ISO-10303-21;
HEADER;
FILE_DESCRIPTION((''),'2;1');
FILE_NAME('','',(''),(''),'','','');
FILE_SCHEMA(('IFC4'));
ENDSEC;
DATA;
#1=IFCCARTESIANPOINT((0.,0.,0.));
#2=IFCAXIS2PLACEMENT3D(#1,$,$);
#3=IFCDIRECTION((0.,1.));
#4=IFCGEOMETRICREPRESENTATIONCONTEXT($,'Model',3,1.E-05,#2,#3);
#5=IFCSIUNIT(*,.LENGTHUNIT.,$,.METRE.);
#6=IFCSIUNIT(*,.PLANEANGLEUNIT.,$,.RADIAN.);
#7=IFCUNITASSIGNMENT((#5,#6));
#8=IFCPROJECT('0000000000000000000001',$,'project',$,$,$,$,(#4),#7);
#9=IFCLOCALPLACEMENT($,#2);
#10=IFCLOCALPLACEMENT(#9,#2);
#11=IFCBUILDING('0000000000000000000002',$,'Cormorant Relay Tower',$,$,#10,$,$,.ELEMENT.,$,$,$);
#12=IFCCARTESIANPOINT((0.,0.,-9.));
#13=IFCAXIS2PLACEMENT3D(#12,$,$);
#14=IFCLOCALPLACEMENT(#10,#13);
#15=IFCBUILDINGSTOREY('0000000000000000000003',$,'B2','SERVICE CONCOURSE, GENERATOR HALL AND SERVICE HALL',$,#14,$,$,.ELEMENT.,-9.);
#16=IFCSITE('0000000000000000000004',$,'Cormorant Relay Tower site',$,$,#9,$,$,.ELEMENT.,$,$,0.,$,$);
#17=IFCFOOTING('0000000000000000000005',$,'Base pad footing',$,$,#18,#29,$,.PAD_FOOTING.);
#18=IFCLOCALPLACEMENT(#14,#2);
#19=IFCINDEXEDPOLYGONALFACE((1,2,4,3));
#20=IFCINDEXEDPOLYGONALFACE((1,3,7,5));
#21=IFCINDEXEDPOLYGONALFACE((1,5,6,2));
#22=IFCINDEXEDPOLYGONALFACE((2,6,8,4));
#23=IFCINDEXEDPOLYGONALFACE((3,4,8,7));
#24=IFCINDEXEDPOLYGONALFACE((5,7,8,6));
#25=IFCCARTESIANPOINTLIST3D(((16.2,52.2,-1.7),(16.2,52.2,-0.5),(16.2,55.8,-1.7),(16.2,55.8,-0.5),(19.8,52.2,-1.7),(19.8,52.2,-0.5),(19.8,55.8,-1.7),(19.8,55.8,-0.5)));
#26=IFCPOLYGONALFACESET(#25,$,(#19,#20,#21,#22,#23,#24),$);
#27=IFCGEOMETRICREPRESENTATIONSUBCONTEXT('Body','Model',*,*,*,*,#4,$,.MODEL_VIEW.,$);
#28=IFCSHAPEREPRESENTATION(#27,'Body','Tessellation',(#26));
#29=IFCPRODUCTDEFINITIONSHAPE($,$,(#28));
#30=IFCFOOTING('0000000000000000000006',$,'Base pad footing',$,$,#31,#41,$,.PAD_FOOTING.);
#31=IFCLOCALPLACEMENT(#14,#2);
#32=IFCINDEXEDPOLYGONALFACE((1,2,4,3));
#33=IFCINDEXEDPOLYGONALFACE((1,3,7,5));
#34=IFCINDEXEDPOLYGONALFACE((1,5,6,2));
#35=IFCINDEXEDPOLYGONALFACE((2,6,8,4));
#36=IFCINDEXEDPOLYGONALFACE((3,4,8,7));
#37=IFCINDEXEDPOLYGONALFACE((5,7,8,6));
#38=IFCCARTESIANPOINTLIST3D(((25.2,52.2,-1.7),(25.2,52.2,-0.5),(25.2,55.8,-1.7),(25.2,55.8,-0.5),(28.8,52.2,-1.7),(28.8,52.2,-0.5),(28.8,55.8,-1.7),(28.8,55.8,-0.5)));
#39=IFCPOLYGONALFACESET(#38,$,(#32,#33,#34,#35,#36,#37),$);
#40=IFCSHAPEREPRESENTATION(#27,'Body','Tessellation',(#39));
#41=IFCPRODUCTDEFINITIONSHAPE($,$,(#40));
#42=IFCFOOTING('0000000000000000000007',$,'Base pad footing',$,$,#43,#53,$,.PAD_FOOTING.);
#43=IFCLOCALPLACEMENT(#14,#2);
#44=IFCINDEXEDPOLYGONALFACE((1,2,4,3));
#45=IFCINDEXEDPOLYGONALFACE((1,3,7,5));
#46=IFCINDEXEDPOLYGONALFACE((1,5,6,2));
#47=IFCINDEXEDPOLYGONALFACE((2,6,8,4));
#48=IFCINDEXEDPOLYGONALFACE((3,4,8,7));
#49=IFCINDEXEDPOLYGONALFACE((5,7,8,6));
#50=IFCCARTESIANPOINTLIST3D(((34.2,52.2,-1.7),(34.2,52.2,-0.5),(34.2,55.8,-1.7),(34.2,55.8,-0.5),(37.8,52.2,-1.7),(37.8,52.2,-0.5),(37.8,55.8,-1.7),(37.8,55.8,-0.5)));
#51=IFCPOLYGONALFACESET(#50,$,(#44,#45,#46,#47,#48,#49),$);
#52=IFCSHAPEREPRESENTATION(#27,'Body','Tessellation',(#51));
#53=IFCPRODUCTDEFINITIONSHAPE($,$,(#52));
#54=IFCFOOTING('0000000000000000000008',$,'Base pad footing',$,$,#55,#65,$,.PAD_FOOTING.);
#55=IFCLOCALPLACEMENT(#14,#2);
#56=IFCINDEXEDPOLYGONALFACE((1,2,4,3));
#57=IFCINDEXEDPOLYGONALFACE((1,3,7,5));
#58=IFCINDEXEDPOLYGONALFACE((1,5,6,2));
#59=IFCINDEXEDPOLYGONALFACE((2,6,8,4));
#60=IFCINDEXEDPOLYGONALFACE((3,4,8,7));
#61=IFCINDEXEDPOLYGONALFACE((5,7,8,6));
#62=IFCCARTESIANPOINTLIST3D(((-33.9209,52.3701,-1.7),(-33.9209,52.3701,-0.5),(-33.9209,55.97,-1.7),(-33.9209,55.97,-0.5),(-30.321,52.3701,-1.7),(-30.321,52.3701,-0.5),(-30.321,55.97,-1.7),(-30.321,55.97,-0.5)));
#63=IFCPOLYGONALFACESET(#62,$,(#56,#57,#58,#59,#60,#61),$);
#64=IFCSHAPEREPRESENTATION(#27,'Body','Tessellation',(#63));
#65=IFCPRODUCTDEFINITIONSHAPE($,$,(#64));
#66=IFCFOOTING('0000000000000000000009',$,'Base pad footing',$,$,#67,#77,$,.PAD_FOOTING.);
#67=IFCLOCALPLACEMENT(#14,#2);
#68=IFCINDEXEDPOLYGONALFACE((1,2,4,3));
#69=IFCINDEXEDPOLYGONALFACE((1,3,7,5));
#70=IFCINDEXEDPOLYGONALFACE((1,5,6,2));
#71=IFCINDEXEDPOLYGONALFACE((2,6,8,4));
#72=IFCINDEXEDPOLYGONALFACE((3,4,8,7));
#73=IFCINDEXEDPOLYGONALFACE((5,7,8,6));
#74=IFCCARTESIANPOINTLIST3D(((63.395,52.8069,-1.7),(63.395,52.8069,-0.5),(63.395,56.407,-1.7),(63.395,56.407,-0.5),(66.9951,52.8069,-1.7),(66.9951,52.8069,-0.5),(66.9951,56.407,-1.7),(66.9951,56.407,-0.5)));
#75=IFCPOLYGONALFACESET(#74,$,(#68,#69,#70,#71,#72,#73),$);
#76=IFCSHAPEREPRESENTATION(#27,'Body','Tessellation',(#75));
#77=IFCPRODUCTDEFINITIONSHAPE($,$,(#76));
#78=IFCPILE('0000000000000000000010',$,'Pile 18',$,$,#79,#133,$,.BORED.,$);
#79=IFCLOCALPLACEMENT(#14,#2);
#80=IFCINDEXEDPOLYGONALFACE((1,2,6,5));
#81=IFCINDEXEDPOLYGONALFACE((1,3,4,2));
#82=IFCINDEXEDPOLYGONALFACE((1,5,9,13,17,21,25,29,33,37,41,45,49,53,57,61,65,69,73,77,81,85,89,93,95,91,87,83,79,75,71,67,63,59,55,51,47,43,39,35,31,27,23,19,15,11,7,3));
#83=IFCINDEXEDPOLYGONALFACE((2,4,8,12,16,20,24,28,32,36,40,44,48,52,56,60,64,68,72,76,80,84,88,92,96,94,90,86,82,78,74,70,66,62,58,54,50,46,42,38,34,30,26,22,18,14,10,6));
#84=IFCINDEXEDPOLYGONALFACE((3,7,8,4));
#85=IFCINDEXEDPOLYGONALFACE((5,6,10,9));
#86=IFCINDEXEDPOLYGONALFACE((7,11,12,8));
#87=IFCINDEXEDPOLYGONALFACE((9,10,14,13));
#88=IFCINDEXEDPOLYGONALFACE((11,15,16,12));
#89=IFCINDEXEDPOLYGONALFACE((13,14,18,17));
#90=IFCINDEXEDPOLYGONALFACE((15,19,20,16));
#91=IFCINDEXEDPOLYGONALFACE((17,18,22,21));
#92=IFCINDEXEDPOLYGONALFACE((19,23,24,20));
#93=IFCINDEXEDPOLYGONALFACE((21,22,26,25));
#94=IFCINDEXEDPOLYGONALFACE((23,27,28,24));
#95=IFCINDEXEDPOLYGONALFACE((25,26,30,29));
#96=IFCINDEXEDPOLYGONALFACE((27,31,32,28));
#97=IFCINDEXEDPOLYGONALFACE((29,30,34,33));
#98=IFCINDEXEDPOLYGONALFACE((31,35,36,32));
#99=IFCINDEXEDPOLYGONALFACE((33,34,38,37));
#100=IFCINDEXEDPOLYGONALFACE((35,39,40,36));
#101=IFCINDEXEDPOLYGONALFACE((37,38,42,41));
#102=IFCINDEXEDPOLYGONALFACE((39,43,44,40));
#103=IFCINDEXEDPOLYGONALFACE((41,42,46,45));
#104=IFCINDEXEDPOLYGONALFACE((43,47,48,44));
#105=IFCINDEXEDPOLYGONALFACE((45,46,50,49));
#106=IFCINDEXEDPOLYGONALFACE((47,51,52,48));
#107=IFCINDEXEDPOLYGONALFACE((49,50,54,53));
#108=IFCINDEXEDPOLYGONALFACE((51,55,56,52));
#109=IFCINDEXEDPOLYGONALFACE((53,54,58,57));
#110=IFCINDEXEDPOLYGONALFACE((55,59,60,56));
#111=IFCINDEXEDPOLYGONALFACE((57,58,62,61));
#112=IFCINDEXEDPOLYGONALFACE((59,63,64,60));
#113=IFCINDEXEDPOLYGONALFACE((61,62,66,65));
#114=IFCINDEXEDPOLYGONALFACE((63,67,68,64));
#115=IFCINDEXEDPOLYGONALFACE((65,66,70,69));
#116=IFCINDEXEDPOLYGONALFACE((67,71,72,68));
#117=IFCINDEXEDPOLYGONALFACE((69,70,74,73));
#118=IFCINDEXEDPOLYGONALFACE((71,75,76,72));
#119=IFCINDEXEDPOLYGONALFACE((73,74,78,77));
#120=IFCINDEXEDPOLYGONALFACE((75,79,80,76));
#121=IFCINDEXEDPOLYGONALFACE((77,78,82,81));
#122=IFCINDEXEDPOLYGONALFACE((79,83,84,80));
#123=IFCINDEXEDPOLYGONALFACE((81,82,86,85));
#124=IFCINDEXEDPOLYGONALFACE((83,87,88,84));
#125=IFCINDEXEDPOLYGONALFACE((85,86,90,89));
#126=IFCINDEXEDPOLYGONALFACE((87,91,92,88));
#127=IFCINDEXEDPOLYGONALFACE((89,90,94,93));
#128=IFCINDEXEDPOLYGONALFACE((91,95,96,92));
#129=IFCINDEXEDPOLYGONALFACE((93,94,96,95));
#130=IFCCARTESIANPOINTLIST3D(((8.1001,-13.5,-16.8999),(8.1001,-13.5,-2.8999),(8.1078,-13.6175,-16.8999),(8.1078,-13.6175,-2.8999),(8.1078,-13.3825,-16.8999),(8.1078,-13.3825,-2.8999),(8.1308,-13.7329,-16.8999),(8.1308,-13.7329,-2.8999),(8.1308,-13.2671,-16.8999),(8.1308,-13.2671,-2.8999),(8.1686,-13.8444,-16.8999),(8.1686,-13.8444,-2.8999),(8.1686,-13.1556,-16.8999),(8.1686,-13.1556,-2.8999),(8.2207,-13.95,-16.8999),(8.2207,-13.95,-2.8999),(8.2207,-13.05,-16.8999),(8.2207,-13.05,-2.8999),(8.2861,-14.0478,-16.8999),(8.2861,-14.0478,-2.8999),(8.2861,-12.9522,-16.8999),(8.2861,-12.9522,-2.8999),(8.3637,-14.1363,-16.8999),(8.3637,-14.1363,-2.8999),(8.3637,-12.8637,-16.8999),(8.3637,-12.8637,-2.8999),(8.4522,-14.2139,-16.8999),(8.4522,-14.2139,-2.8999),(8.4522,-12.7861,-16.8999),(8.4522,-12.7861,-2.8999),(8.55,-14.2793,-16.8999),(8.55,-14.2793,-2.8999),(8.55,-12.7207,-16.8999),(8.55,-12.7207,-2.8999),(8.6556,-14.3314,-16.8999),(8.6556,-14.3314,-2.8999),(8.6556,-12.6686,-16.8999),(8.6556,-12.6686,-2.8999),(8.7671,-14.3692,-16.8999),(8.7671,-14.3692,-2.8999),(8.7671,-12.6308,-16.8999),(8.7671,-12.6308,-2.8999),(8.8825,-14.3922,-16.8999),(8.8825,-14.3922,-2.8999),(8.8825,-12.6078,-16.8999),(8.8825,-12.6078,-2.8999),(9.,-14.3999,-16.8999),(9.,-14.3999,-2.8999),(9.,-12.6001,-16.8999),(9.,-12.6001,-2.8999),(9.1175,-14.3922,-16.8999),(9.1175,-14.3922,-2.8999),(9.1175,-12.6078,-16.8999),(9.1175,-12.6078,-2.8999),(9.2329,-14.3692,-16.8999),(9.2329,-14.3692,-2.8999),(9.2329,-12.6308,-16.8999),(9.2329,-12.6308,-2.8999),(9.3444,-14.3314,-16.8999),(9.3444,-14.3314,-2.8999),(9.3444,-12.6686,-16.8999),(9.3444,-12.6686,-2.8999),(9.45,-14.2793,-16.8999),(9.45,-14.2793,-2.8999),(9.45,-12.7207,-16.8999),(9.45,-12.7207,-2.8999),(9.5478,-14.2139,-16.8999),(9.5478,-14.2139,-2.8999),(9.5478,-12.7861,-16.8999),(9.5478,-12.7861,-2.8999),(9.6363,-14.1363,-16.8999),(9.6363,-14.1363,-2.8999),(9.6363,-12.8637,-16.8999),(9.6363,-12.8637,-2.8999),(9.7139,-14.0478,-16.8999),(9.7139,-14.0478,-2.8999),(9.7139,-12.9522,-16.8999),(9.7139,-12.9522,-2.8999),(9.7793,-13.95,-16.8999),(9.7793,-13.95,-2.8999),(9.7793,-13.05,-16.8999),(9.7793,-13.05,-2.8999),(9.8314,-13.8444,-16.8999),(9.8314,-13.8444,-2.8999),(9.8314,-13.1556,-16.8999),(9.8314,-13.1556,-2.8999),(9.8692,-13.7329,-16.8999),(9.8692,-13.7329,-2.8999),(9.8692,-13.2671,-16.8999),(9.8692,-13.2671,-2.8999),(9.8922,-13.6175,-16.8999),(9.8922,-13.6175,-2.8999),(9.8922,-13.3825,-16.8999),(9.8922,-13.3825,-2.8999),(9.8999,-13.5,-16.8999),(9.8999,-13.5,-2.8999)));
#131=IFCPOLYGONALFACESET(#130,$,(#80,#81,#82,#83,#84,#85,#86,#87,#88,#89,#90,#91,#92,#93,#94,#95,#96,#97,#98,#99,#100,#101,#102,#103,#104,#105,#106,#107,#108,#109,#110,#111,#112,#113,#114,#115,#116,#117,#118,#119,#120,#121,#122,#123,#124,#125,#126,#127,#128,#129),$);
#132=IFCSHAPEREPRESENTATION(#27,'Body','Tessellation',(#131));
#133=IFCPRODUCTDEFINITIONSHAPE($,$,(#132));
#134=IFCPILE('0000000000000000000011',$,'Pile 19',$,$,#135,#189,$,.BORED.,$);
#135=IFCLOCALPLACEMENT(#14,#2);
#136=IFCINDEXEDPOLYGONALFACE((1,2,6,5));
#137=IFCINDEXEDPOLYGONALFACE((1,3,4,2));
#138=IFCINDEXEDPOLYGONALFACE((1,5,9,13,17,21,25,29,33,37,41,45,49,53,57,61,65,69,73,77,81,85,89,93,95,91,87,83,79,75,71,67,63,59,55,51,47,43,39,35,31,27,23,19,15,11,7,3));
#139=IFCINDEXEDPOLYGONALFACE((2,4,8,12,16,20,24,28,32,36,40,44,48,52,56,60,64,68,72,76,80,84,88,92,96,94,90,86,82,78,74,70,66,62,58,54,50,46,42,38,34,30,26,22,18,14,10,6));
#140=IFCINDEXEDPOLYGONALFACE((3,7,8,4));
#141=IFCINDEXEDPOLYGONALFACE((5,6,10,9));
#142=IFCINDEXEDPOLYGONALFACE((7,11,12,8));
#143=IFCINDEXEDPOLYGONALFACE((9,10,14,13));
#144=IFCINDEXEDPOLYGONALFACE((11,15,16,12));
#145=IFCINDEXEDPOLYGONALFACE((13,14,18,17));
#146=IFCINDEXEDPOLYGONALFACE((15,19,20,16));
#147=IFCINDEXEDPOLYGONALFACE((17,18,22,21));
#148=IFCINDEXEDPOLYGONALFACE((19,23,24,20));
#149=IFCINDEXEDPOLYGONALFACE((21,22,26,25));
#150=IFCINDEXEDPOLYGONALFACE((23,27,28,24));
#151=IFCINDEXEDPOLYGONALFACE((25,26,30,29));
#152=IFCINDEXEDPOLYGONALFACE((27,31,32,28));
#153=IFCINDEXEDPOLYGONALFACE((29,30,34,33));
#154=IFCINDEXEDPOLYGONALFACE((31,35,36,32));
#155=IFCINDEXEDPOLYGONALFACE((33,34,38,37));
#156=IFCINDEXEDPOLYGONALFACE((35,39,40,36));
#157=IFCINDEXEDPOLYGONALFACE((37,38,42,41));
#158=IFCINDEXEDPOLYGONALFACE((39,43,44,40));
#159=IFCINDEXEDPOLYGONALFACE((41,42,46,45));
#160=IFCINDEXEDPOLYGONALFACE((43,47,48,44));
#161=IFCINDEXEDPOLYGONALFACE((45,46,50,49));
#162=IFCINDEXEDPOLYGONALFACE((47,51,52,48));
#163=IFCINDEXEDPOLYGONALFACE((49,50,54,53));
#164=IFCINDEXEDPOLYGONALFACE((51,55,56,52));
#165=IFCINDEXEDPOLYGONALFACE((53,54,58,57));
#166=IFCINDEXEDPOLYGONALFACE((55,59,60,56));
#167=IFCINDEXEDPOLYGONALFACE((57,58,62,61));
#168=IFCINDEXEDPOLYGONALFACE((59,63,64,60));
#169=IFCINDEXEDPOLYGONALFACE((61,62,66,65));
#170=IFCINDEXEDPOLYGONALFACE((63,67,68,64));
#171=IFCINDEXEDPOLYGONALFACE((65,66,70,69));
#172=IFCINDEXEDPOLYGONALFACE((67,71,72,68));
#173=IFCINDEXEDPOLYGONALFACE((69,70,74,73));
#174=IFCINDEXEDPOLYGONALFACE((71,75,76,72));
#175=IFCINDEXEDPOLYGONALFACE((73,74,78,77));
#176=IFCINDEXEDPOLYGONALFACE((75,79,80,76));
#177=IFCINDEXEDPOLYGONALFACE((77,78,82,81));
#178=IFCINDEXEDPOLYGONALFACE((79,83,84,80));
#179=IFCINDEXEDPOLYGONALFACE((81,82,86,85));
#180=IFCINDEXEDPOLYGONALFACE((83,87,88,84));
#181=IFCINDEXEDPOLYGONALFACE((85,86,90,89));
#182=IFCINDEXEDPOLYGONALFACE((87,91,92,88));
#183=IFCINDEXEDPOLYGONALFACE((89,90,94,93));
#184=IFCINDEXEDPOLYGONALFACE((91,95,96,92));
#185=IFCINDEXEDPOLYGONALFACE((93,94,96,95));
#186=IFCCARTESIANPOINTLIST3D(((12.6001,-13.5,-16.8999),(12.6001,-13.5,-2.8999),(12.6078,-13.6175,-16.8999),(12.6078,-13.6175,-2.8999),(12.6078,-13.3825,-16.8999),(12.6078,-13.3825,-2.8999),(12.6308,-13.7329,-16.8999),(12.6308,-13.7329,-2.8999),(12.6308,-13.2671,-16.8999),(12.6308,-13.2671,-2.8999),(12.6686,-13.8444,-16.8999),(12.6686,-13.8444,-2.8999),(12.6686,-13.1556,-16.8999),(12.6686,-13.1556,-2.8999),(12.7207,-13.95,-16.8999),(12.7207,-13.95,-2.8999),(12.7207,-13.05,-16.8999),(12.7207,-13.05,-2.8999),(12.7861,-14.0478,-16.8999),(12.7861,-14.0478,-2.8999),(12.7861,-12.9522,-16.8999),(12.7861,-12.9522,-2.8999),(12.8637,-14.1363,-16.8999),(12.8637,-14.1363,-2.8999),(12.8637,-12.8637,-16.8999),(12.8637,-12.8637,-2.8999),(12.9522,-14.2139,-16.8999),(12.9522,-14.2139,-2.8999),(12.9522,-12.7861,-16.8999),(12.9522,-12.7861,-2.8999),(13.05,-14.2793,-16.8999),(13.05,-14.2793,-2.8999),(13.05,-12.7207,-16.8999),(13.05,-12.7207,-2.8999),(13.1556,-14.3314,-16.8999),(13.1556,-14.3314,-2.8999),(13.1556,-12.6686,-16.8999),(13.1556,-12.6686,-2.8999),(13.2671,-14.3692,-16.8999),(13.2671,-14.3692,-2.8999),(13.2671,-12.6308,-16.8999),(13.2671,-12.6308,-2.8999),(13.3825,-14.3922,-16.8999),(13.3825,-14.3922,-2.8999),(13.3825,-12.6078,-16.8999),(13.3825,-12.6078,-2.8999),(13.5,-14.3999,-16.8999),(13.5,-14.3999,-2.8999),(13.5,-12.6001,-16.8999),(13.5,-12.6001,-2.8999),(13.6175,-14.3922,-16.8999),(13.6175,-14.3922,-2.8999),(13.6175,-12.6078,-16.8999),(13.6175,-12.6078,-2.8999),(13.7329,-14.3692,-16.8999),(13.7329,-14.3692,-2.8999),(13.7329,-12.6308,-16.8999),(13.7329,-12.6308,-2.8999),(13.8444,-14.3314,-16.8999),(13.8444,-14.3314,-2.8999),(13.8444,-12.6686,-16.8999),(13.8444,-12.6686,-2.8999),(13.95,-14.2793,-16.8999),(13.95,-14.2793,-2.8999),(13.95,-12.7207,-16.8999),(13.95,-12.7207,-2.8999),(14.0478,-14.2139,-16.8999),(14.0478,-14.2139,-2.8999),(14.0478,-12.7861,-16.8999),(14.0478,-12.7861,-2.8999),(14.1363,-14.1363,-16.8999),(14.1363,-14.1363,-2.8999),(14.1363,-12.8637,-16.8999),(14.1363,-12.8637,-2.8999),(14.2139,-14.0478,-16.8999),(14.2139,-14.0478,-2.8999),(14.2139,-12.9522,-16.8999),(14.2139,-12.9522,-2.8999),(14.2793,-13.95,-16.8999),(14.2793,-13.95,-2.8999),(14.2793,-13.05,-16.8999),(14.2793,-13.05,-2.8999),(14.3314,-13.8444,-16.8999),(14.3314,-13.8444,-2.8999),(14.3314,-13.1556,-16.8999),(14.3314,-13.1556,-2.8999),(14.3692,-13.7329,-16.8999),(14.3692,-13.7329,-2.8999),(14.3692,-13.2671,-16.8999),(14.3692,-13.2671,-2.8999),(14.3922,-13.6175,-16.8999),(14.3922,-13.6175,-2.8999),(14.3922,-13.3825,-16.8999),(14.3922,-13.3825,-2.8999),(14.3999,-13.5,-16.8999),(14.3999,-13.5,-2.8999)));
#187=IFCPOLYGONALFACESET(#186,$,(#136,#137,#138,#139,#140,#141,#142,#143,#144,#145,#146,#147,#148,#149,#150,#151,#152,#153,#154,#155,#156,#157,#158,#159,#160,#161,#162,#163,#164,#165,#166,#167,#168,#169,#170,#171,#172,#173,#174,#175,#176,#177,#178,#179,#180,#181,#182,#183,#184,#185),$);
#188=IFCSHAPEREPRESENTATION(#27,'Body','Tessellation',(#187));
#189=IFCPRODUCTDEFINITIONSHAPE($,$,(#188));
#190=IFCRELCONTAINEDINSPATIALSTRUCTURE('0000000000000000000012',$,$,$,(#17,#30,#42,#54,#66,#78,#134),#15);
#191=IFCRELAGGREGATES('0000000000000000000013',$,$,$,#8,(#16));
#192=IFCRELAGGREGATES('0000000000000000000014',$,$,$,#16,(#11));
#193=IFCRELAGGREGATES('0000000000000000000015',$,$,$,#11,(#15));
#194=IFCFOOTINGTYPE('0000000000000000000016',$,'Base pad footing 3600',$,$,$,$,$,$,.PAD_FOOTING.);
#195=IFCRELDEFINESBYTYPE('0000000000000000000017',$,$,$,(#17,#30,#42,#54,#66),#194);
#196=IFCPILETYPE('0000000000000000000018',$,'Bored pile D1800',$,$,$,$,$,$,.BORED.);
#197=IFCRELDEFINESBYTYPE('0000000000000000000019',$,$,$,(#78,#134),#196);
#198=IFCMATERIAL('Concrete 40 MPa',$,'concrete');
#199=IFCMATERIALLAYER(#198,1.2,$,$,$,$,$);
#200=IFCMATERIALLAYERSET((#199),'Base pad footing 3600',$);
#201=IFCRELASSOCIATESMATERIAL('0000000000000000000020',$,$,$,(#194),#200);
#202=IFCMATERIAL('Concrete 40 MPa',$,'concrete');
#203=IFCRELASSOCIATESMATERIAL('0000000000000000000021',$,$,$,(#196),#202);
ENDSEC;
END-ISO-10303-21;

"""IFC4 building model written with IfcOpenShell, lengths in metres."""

from ifc_helpers import new_model, si_unit, direction, frame, origin, origin_2d, place, context, subcontext, project, spatial, polyline, circle, outline, extrude, material, layer, layer_set, material_profile, profile_set, type_object, element, save


model = new_model("IFC4")

# Units and contexts
model_context = context("Model", 3, precision=1e-05, world=origin(), true_north=direction((0.0, 1.0)))
body_context = subcontext(model_context, "Body", "Model", "MODEL_VIEW")
ifc_project = project(units=[si_unit("LENGTHUNIT", "METRE"), si_unit("PLANEANGLEUNIT", "RADIAN")], contexts=[model_context])

# Site, building, storey
site_placement = place(None, origin())
site = spatial("IfcSite", under=ifc_project, at=site_placement, Name="Cormorant Relay Tower site", CompositionType="ELEMENT", RefElevation=0.0)
building_placement = place(site_placement, origin())
building = spatial("IfcBuilding", under=site, at=building_placement, Name="Cormorant Relay Tower", CompositionType="ELEMENT")
storey_placement = place(building_placement, frame((0.0, 0.0, -9.0)))
storey = spatial("IfcBuildingStorey", under=building, at=storey_placement, Name="B2", Description="SERVICE CONCOURSE, GENERATOR HALL AND SERVICE HALL", CompositionType="ELEMENT", Elevation=-9.0)

# Footings
ifc_material_1 = material(Name="Concrete 40 MPa", Category="concrete")
ifc_layer_1 = layer(ifc_material_1, 1.2)
ifc_layer_set_1 = layer_set([ifc_layer_1], Name="Base pad footing 3600")
footing_type = type_object("IfcFootingType", Name="Base pad footing 3600", PredefinedType="PAD_FOOTING", material=ifc_layer_set_1)
footing_1_placement = place(storey_placement, frame((0.0, 0.0, -1.7)))
element("IfcFooting", 1, at=footing_1_placement, inside=storey, type_object=footing_type, Name="Base pad footing", PredefinedType="PAD_FOOTING", context=body_context, shape_type="SweptSolid", body=[
    extrude(outline(polyline([(16.2, 52.2), (19.8, 52.2), (19.8, 55.8), (16.2, 55.8), (16.2, 52.2)])), origin(), (0.0, 0.0, 1.0), 1.2),
])
footing_2_placement = place(storey_placement, frame((0.0, 0.0, -1.7)))
element("IfcFooting", 2, at=footing_2_placement, inside=storey, type_object=footing_type, Name="Base pad footing", PredefinedType="PAD_FOOTING", context=body_context, shape_type="SweptSolid", body=[
    extrude(outline(polyline([(25.2, 52.2), (28.8, 52.2), (28.8, 55.8), (25.2, 55.8), (25.2, 52.2)])), origin(), (0.0, 0.0, 1.0), 1.2),
])
footing_3_placement = place(storey_placement, frame((0.0, 0.0, -1.7)))
element("IfcFooting", 3, at=footing_3_placement, inside=storey, type_object=footing_type, Name="Base pad footing", PredefinedType="PAD_FOOTING", context=body_context, shape_type="SweptSolid", body=[
    extrude(outline(polyline([(34.2, 52.2), (37.8, 52.2), (37.8, 55.8), (34.2, 55.8), (34.2, 52.2)])), origin(), (0.0, 0.0, 1.0), 1.2),
])
footing_4_placement = place(storey_placement, frame((0.0, 0.0, -1.7)))
element("IfcFooting", 4, at=footing_4_placement, inside=storey, type_object=footing_type, Name="Base pad footing", PredefinedType="PAD_FOOTING", context=body_context, shape_type="SweptSolid", body=[
    extrude(outline(polyline([(-33.9209, 52.3701), (-30.321, 52.3701), (-30.321, 55.97), (-33.9209, 55.97), (-33.9209, 52.3701)])), origin(), (0.0, 0.0, 1.0), 1.2),
])
footing_5_placement = place(storey_placement, frame((0.0, 0.0, -1.7)))
element("IfcFooting", 5, at=footing_5_placement, inside=storey, type_object=footing_type, Name="Base pad footing", PredefinedType="PAD_FOOTING", context=body_context, shape_type="SweptSolid", body=[
    extrude(outline(polyline([(63.395, 52.8069), (66.9951, 52.8069), (66.9951, 56.407), (63.395, 56.407), (63.395, 52.8069)])), origin(), (0.0, 0.0, 1.0), 1.2),
])

# Piles
ifc_material_2 = material(Name="Concrete 40 MPa", Category="concrete")
ifc_material_profile_1 = material_profile(ifc_material_2, circle(Radius=0.8999, at=origin_2d()), Name="BP1800")
ifc_profile_set_1 = profile_set([ifc_material_profile_1], Name="Concrete 40 MPa")
pile_type = type_object("IfcPileType", Name="Bored pile D1800", PredefinedType="BORED", material=ifc_profile_set_1)
for number, where, z_axis, x_axis, name in (
    (6, (9.0, -13.5, -2.8999), (0.0, 0.0, -1.0), (1.0, 0.0, 0.0), "Pile 18"),
    (7, (13.5, -13.5, -2.8999), (0.0, 0.0, -1.0), (1.0, 0.0, 0.0), "Pile 19"),
):
    element("IfcPile", number, at=place(storey_placement, frame(where, z_axis=z_axis, x_axis=x_axis)), inside=storey, type_object=pile_type, Name=name, PredefinedType="BORED", context=body_context, shape_type="SweptSolid", body=[
        extrude(circle(Radius=0.8999, at=origin_2d()), origin(), (0.0, 0.0, 1.0), 14.0),
    ])

save(model, "model.ifc")
